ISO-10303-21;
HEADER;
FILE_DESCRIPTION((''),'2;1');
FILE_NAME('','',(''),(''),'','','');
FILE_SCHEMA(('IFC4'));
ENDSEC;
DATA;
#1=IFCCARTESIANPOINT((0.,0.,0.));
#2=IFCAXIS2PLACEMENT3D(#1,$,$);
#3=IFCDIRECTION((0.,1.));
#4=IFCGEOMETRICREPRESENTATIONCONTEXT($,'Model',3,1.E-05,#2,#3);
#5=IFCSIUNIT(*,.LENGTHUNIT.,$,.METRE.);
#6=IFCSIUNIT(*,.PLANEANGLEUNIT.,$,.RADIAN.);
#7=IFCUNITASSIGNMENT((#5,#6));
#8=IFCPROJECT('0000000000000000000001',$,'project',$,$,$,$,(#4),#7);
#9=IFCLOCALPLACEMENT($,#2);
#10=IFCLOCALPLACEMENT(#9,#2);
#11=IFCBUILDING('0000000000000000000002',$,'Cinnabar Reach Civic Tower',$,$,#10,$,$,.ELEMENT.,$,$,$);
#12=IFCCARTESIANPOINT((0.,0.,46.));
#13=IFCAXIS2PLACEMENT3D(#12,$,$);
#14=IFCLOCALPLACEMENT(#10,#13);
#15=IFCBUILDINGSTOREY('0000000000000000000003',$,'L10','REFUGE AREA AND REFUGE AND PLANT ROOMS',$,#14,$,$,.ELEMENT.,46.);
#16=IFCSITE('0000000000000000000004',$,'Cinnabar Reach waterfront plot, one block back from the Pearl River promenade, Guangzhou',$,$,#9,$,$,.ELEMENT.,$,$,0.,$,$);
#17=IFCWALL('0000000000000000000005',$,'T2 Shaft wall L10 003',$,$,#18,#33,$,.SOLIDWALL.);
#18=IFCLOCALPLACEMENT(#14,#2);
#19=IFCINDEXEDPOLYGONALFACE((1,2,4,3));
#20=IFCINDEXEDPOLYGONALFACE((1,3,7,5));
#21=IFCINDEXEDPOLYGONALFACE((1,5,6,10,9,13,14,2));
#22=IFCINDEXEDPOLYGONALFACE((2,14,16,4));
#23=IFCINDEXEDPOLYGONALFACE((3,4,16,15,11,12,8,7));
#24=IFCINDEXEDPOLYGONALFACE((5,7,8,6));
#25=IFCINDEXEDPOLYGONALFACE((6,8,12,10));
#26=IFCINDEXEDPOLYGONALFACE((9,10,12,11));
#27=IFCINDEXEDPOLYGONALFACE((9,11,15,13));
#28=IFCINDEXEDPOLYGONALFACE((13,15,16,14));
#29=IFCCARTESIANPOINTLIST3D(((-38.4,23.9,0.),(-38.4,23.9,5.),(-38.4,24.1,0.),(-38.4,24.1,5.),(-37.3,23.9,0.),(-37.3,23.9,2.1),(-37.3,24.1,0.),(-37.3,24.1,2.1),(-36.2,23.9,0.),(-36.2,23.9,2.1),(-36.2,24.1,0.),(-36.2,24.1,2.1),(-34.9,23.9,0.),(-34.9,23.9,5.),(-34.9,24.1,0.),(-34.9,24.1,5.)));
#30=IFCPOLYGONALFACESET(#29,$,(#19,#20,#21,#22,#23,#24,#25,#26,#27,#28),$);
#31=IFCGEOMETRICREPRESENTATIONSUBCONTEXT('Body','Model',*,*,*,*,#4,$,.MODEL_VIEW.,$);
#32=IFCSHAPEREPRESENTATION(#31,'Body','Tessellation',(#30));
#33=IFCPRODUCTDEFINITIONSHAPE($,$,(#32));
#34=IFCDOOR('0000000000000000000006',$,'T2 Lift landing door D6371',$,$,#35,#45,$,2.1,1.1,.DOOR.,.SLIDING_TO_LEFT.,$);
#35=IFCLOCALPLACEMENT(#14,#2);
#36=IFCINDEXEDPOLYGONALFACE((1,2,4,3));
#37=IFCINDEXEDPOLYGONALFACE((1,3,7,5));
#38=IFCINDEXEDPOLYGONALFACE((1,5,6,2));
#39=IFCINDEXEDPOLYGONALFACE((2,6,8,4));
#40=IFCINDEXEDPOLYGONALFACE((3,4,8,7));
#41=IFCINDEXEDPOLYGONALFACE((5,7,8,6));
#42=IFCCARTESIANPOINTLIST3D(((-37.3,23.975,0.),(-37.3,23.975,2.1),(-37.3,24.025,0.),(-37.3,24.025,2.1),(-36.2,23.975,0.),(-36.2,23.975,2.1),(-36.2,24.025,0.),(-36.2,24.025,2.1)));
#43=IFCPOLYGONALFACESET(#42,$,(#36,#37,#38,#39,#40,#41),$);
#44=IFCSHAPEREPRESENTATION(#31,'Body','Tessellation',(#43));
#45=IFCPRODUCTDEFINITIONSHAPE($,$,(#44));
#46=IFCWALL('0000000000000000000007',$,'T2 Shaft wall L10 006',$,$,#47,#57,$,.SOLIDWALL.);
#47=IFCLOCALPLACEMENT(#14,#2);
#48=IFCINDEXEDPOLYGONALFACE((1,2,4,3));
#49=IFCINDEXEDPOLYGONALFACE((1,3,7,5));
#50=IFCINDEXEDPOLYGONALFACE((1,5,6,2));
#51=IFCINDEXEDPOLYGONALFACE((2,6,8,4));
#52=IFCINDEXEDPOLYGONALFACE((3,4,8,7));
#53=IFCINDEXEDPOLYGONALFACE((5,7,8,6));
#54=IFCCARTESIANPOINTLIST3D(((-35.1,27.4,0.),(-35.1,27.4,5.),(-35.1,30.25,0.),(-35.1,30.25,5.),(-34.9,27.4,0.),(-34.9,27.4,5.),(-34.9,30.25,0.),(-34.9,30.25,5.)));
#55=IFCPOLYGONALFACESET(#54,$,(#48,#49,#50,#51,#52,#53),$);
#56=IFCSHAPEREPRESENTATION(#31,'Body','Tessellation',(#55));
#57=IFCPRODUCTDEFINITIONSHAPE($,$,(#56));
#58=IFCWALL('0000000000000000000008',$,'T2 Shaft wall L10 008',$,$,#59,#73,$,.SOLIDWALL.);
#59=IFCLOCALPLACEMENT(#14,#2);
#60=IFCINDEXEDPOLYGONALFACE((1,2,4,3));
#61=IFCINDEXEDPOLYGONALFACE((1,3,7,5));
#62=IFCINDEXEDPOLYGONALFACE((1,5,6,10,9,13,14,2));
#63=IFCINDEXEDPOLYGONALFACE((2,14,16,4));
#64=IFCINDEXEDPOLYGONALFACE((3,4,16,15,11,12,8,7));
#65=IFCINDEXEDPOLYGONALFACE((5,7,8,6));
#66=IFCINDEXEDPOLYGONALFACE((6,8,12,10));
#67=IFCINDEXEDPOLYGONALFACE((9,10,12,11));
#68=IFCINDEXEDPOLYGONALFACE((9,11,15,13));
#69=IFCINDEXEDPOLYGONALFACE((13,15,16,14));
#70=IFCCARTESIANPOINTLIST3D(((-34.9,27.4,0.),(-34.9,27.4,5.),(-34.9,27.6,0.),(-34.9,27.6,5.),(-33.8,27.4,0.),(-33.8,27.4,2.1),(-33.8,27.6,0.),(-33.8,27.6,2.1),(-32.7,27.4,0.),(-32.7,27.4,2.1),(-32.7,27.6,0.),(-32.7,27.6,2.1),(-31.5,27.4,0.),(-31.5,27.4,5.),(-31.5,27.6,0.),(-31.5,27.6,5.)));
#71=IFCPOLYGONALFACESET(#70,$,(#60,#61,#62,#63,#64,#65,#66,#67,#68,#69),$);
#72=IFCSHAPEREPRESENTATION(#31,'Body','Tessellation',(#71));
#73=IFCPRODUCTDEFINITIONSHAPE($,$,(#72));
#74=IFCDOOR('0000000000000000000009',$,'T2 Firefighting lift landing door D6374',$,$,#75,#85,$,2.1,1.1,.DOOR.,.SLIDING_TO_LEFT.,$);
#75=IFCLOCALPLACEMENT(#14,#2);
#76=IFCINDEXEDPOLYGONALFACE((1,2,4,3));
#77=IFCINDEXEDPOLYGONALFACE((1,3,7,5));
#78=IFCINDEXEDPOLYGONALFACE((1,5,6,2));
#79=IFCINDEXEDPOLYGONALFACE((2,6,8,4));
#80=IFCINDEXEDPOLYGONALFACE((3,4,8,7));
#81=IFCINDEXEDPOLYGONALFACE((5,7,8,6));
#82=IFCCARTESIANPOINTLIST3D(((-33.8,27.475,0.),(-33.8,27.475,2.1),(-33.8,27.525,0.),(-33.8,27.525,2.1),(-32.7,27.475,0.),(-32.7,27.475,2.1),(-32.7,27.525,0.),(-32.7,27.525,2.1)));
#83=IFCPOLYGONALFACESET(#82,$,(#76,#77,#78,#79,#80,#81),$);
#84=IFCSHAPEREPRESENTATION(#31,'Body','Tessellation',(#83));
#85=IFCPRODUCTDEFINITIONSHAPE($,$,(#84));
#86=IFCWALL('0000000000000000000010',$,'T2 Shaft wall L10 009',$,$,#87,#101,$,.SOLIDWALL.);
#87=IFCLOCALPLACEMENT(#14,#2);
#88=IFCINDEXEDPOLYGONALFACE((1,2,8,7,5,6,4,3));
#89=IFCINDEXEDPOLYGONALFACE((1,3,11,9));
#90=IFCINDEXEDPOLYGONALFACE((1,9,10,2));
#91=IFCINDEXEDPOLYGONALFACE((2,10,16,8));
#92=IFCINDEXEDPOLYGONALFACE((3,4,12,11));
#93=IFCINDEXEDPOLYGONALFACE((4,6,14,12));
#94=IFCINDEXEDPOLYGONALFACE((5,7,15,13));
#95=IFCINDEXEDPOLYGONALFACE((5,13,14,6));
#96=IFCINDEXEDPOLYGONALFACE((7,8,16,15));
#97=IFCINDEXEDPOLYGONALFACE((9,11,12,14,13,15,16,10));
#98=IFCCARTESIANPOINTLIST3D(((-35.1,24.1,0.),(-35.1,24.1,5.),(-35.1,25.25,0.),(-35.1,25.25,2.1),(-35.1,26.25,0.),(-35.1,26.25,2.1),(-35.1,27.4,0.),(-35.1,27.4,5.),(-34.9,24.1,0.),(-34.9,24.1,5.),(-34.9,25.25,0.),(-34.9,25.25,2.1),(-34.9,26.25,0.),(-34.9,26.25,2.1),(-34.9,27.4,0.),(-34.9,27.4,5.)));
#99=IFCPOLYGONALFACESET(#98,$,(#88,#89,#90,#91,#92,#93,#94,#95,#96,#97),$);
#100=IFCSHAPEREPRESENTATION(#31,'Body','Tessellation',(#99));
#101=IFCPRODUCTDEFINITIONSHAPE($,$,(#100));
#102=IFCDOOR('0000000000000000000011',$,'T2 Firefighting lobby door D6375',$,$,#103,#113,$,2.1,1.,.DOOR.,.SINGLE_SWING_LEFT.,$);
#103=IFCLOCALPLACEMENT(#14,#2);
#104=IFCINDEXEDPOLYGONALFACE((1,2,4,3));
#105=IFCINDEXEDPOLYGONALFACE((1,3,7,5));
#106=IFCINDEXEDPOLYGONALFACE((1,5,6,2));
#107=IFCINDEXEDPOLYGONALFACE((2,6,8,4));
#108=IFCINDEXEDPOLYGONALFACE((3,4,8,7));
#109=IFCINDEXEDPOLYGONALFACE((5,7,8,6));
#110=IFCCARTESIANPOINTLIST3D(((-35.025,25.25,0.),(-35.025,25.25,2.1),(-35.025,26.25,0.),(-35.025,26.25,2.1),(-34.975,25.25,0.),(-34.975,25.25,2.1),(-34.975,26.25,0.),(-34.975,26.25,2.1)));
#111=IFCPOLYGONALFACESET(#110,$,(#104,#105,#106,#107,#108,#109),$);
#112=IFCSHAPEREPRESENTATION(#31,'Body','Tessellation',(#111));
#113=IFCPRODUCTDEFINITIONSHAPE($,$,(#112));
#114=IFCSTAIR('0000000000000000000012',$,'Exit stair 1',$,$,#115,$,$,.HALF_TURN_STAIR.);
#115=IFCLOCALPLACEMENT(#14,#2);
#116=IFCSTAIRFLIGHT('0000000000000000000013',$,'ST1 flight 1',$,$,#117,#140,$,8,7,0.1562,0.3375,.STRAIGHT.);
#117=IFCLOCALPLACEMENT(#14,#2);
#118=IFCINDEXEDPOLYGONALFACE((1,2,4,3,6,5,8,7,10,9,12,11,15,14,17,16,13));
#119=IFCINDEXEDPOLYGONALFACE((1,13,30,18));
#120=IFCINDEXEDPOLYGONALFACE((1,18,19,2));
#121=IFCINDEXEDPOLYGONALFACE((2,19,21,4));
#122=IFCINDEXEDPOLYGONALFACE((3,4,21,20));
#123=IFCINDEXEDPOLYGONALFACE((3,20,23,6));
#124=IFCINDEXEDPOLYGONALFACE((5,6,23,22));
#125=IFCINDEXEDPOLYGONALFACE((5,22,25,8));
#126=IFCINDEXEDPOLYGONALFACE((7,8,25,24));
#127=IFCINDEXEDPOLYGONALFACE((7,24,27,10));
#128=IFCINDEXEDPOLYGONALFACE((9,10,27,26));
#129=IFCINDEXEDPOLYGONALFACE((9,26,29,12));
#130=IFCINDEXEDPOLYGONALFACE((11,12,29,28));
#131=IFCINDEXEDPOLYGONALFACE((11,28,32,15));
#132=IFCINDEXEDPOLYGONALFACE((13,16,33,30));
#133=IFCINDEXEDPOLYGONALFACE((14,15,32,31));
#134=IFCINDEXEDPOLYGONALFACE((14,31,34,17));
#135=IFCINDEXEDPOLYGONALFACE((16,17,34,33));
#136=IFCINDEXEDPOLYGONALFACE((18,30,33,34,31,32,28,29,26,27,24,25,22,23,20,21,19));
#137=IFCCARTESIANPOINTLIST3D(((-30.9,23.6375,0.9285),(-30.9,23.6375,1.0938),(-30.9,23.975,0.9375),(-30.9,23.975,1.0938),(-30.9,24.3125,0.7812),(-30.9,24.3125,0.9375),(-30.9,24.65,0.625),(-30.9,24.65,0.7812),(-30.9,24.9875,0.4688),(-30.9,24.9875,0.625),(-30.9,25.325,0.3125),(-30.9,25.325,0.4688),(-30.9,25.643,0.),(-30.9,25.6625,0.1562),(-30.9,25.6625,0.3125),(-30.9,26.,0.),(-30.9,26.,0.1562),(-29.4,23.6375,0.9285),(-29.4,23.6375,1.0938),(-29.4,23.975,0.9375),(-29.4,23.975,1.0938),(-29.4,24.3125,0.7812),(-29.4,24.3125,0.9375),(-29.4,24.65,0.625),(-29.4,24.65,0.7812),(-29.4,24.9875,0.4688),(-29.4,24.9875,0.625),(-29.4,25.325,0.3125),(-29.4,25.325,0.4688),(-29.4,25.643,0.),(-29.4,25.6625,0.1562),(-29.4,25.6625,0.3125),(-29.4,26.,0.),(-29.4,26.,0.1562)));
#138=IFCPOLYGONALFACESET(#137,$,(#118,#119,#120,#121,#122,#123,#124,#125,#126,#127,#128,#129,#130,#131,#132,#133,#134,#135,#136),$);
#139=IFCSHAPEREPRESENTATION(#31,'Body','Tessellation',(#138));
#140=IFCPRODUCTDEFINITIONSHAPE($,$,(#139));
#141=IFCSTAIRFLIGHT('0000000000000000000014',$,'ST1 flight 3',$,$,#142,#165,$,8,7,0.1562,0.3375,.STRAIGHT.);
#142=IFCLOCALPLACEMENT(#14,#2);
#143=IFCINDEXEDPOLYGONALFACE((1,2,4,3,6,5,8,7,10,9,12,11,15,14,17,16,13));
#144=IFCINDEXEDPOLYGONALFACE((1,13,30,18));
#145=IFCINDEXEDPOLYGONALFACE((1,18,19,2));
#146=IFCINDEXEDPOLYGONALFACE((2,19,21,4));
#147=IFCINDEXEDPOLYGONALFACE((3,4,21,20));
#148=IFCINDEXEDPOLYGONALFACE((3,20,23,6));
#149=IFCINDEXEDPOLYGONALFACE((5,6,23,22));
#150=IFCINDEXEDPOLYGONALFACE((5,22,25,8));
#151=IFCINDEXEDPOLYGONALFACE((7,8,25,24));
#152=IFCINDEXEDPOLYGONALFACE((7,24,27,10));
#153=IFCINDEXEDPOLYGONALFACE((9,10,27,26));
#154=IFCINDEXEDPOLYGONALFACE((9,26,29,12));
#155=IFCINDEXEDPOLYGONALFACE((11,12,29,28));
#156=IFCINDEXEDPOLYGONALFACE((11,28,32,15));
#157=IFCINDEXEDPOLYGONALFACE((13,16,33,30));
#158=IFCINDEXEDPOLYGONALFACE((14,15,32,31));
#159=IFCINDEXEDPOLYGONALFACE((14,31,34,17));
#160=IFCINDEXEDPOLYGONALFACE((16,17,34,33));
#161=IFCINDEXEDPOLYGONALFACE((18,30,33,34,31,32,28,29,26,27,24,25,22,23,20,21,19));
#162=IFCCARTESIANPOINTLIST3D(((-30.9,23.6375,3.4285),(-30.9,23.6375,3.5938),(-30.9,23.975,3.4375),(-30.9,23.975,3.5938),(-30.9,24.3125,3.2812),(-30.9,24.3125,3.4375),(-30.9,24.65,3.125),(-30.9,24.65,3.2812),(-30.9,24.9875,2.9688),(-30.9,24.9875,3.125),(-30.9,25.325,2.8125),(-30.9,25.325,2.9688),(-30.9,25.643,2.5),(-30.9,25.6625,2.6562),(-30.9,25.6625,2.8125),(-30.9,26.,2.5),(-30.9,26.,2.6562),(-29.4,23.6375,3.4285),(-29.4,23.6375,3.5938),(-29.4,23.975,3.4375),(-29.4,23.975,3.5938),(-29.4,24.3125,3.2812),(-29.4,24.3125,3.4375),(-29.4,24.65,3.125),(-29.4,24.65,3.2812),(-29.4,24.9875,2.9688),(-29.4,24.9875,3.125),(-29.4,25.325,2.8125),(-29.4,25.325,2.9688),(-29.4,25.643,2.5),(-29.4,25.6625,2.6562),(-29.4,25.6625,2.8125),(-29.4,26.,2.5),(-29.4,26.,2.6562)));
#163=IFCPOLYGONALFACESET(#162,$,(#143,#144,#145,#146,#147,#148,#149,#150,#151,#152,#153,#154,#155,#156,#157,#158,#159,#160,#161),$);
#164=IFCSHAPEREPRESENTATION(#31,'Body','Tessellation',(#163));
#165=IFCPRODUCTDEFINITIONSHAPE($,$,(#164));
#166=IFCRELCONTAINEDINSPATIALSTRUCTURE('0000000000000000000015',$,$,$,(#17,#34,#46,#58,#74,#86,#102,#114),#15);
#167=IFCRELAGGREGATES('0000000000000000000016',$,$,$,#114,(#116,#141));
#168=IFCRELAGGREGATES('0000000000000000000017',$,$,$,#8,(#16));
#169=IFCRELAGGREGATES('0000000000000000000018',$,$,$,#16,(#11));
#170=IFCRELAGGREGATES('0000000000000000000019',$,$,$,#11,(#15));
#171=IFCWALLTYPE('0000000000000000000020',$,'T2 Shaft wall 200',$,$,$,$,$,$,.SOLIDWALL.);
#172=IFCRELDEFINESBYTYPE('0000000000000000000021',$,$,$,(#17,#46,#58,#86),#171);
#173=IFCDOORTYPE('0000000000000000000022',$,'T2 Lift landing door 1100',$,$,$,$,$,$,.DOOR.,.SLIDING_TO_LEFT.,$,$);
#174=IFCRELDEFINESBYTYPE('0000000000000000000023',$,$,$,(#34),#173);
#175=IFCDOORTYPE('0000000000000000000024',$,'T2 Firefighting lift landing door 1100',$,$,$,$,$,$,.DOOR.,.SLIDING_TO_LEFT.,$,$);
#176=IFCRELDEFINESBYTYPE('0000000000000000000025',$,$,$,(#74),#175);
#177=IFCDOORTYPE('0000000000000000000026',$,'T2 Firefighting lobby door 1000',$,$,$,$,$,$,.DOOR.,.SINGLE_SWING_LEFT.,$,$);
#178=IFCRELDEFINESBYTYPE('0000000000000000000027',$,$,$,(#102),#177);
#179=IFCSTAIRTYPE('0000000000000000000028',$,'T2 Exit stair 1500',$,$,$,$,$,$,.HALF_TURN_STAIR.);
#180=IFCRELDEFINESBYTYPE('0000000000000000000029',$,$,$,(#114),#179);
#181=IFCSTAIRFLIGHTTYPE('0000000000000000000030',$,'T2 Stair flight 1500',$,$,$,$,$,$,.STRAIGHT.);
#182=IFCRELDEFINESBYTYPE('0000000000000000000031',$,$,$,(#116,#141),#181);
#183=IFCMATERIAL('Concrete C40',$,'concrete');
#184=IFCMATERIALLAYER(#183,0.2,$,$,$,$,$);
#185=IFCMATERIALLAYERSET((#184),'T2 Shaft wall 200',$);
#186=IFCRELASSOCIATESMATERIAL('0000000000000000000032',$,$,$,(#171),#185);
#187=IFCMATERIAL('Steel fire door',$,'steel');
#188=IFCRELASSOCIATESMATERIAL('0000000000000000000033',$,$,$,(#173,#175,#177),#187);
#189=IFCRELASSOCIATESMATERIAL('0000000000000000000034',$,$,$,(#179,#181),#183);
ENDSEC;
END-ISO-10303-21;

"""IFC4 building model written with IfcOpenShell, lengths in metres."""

from ifc_helpers import new_model, si_unit, direction, frame, frame_2d, origin, place, context, subcontext, project, spatial, polyline, rectangle, outline, extrude, material, layer, layer_set, type_object, element, fill, aggregate, save


model = new_model("IFC4")

# Units and contexts
model_context = context("Model", 3, precision=1e-05, world=origin(), true_north=direction((0.0, 1.0)))
body_context = subcontext(model_context, "Body", "Model", "MODEL_VIEW")
ifc_project = project(units=[si_unit("LENGTHUNIT", "METRE"), si_unit("PLANEANGLEUNIT", "RADIAN")], contexts=[model_context])

# Site, building, storey
site_placement = place(None, origin())
site = spatial("IfcSite", under=ifc_project, at=site_placement, Name="Cinnabar Reach waterfront plot, one block back from the Pearl River promenade, Guangzhou", CompositionType="ELEMENT", RefElevation=0.0)
building_placement = place(site_placement, origin())
building = spatial("IfcBuilding", under=site, at=building_placement, Name="Cinnabar Reach Civic Tower", CompositionType="ELEMENT")
storey_placement = place(building_placement, frame((0.0, 0.0, 46.0)))
storey = spatial("IfcBuildingStorey", under=building, at=storey_placement, Name="L10", Description="REFUGE AREA AND REFUGE AND PLANT ROOMS", CompositionType="ELEMENT", Elevation=46.0)

# Shared definitions
ifc_material_1 = material(Name="Steel fire door", Category="steel")

# Shared definitions
ifc_material_2 = material(Name="Concrete C40", Category="concrete")

# Wall, opening, door
ifc_layer_1 = layer(ifc_material_2, 0.2)
ifc_layer_set_1 = layer_set([ifc_layer_1], Name="T2 Shaft wall 200")
wall_type_1 = type_object("IfcWallType", Name="T2 Shaft wall 200", PredefinedType="SOLIDWALL", material=ifc_layer_set_1)
wall_1_placement = place(storey_placement, frame((-34.9, 24.0, 0.0), z_axis=(0.0, 0.0, 1.0), x_axis=(-1.0, 0.0, 0.0)))
wall_1 = element("IfcWall", 1, at=wall_1_placement, inside=storey, type_object=wall_type_1, Name="T2 Shaft wall L10 003", PredefinedType="SOLIDWALL", context=body_context, shape_type="SweptSolid", body=[
    extrude(rectangle(XDim=3.5, YDim=0.2, at=frame_2d((1.75, 0.0))), origin(), (0.0, 0.0, 1.0), 5.0),
])
opening_1_placement = place(wall_1_placement, frame((1.3, 0.0, 0.0)))
opening_1 = element("IfcOpeningElement", 2, at=opening_1_placement, cuts=wall_1, PredefinedType="OPENING", context=body_context, shape_type="SweptSolid", body=[
    extrude(rectangle(XDim=1.1, YDim=2.1, at=frame_2d((0.55, 1.05))), frame((0.0, 0.11, 0.0), z_axis=(0.0, -1.0, 0.0), x_axis=(1.0, 0.0, 0.0)), (0.0, 0.0, 1.0), 0.22),
])
door_type_1 = type_object("IfcDoorType", Name="T2 Lift landing door 1100", OperationType="SLIDING_TO_LEFT", PredefinedType="DOOR", material=ifc_material_1)
door_1_placement = place(opening_1_placement, origin())
door_1 = element("IfcDoor", 3, at=door_1_placement, inside=storey, type_object=door_type_1, Name="T2 Lift landing door D6371", OperationType="SLIDING_TO_LEFT", OverallHeight=2.1, OverallWidth=1.1, PredefinedType="DOOR", context=body_context, shape_type="SweptSolid", body=[
    extrude(rectangle(XDim=1.1, YDim=2.1, at=frame_2d((0.55, 1.05))), frame((0.0, 0.025, 0.0), z_axis=(0.0, -1.0, 0.0), x_axis=(1.0, 0.0, 0.0)), (0.0, 0.0, 1.0), 0.05),
])
fill(opening_1, door_1)

# Wall
wall_2_placement = place(storey_placement, frame((-35.0, 27.4, 0.0), z_axis=(0.0, 0.0, 1.0), x_axis=(0.0, 1.0, 0.0)))
element("IfcWall", 4, at=wall_2_placement, inside=storey, type_object=wall_type_1, Name="T2 Shaft wall L10 006", PredefinedType="SOLIDWALL", context=body_context, shape_type="SweptSolid", body=[
    extrude(rectangle(XDim=2.85, YDim=0.2, at=frame_2d((1.425, 0.0))), origin(), (0.0, 0.0, 1.0), 5.0),
])

# Walls, openings, doors
wall_3_placement = place(storey_placement, frame((-34.9, 27.5, 0.0), z_axis=(0.0, 0.0, 1.0), x_axis=(1.0, 0.0, 0.0)))
wall_3 = element("IfcWall", 5, at=wall_3_placement, inside=storey, type_object=wall_type_1, Name="T2 Shaft wall L10 008", PredefinedType="SOLIDWALL", context=body_context, shape_type="SweptSolid", body=[
    extrude(rectangle(XDim=3.4, YDim=0.2, at=frame_2d((1.7, 0.0))), origin(), (0.0, 0.0, 1.0), 5.0),
])
opening_2_placement = place(wall_3_placement, frame((1.1, 0.0, 0.0)))
opening_2 = element("IfcOpeningElement", 6, at=opening_2_placement, cuts=wall_3, PredefinedType="OPENING", context=body_context, shape_type="SweptSolid", body=[
    extrude(rectangle(XDim=1.1, YDim=2.1, at=frame_2d((0.55, 1.05))), frame((0.0, 0.11, 0.0), z_axis=(0.0, -1.0, 0.0), x_axis=(1.0, 0.0, 0.0)), (0.0, 0.0, 1.0), 0.22),
])
door_type_2 = type_object("IfcDoorType", Name="T2 Firefighting lift landing door 1100", OperationType="SLIDING_TO_LEFT", PredefinedType="DOOR", material=ifc_material_1)
door_2_placement = place(opening_2_placement, origin())
door_2 = element("IfcDoor", 7, at=door_2_placement, inside=storey, type_object=door_type_2, Name="T2 Firefighting lift landing door D6374", OperationType="SLIDING_TO_LEFT", OverallHeight=2.1, OverallWidth=1.1, PredefinedType="DOOR", context=body_context, shape_type="SweptSolid", body=[
    extrude(rectangle(XDim=1.1, YDim=2.1, at=frame_2d((0.55, 1.05))), frame((0.0, 0.025, 0.0), z_axis=(0.0, -1.0, 0.0), x_axis=(1.0, 0.0, 0.0)), (0.0, 0.0, 1.0), 0.05),
])
fill(opening_2, door_2)
wall_4_placement = place(storey_placement, frame((-35.0, 24.1, 0.0), z_axis=(0.0, 0.0, 1.0), x_axis=(0.0, 1.0, 0.0)))
wall_4 = element("IfcWall", 8, at=wall_4_placement, inside=storey, type_object=wall_type_1, Name="T2 Shaft wall L10 009", PredefinedType="SOLIDWALL", context=body_context, shape_type="SweptSolid", body=[
    extrude(rectangle(XDim=3.3, YDim=0.2, at=frame_2d((1.65, 0.0))), origin(), (0.0, 0.0, 1.0), 5.0),
])
opening_3_placement = place(wall_4_placement, frame((1.15, 0.0, 0.0)))
opening_3 = element("IfcOpeningElement", 9, at=opening_3_placement, cuts=wall_4, PredefinedType="OPENING", context=body_context, shape_type="SweptSolid", body=[
    extrude(rectangle(XDim=1.0, YDim=2.1, at=frame_2d((0.5, 1.05))), frame((0.0, 0.11, 0.0), z_axis=(0.0, -1.0, 0.0), x_axis=(1.0, 0.0, 0.0)), (0.0, 0.0, 1.0), 0.22),
])
door_type_3 = type_object("IfcDoorType", Name="T2 Firefighting lobby door 1000", OperationType="SINGLE_SWING_LEFT", PredefinedType="DOOR", material=ifc_material_1)
door_3_placement = place(opening_3_placement, origin())
door_3 = element("IfcDoor", 10, at=door_3_placement, inside=storey, type_object=door_type_3, Name="T2 Firefighting lobby door D6375", OperationType="SINGLE_SWING_LEFT", OverallHeight=2.1, OverallWidth=1.0, PredefinedType="DOOR", context=body_context, shape_type="SweptSolid", body=[
    extrude(rectangle(XDim=1.0, YDim=2.1, at=frame_2d((0.5, 1.05))), frame((0.0, 0.025, 0.0), z_axis=(0.0, -1.0, 0.0), x_axis=(1.0, 0.0, 0.0)), (0.0, 0.0, 1.0), 0.05),
])
fill(opening_3, door_3)

# Stair, stair flights
stair_type = type_object("IfcStairType", Name="T2 Exit stair 1500", PredefinedType="HALF_TURN_STAIR", material=ifc_material_2)
stair_1_placement = place(storey_placement, origin())
stair_1 = element("IfcStair", 11, at=stair_1_placement, inside=storey, type_object=stair_type, Name="Exit stair 1", PredefinedType="HALF_TURN_STAIR")
stair_flight_type = type_object("IfcStairFlightType", Name="T2 Stair flight 1500", PredefinedType="STRAIGHT", material=ifc_material_2)
stair_flight_1_placement = place(storey_placement, frame((-30.15, 26.0, 0.0), z_axis=(0.0, 0.0, 1.0), x_axis=(0.0, -1.0, 0.0)))
stair_flight_1 = element("IfcStairFlight", 12, at=stair_flight_1_placement, type_object=stair_flight_type, Name="ST1 flight 1", NumberOfRisers=8, NumberOfTreads=7, PredefinedType="STRAIGHT", RiserHeight=0.1562, TreadLength=0.3375, context=body_context, shape_type="SweptSolid", body=[
    extrude(outline(polyline([(0.0, 0.0), (0.0, 0.1562), (0.3375, 0.1562), (0.3375, 0.3125), (0.675, 0.3125), (0.675, 0.4688), (1.0125, 0.4688), (1.0125, 0.625), (1.35, 0.625), (1.35, 0.7812), (1.6875, 0.7812), (1.6875, 0.9375), (2.025, 0.9375), (2.025, 1.0938), (2.3625, 1.0938), (2.3625, 1.25), (2.3625, 0.9285), (0.357, 0.0), (0.0, 0.0)])), frame((0.0, 0.75, 0.0), z_axis=(0.0, -1.0, 0.0), x_axis=(1.0, 0.0, 0.0)), (0.0, 0.0, 1.0), 1.5),
])
stair_flight_2_placement = place(storey_placement, frame((-30.15, 26.0, 2.5), z_axis=(0.0, 0.0, 1.0), x_axis=(0.0, -1.0, 0.0)))
stair_flight_2 = element("IfcStairFlight", 13, at=stair_flight_2_placement, type_object=stair_flight_type, Name="ST1 flight 3", NumberOfRisers=8, NumberOfTreads=7, PredefinedType="STRAIGHT", RiserHeight=0.1562, TreadLength=0.3375, context=body_context, shape_type="SweptSolid", body=[
    extrude(outline(polyline([(0.0, 0.0), (0.0, 0.1562), (0.3375, 0.1562), (0.3375, 0.3125), (0.675, 0.3125), (0.675, 0.4688), (1.0125, 0.4688), (1.0125, 0.625), (1.35, 0.625), (1.35, 0.7812), (1.6875, 0.7812), (1.6875, 0.9375), (2.025, 0.9375), (2.025, 1.0938), (2.3625, 1.0938), (2.3625, 1.25), (2.3625, 0.9285), (0.357, 0.0), (0.0, 0.0)])), frame((0.0, 0.75, 0.0), z_axis=(0.0, -1.0, 0.0), x_axis=(1.0, 0.0, 0.0)), (0.0, 0.0, 1.0), 1.5),
])
aggregate(stair_1, [stair_flight_1, stair_flight_2])

save(model, "model.ifc")
